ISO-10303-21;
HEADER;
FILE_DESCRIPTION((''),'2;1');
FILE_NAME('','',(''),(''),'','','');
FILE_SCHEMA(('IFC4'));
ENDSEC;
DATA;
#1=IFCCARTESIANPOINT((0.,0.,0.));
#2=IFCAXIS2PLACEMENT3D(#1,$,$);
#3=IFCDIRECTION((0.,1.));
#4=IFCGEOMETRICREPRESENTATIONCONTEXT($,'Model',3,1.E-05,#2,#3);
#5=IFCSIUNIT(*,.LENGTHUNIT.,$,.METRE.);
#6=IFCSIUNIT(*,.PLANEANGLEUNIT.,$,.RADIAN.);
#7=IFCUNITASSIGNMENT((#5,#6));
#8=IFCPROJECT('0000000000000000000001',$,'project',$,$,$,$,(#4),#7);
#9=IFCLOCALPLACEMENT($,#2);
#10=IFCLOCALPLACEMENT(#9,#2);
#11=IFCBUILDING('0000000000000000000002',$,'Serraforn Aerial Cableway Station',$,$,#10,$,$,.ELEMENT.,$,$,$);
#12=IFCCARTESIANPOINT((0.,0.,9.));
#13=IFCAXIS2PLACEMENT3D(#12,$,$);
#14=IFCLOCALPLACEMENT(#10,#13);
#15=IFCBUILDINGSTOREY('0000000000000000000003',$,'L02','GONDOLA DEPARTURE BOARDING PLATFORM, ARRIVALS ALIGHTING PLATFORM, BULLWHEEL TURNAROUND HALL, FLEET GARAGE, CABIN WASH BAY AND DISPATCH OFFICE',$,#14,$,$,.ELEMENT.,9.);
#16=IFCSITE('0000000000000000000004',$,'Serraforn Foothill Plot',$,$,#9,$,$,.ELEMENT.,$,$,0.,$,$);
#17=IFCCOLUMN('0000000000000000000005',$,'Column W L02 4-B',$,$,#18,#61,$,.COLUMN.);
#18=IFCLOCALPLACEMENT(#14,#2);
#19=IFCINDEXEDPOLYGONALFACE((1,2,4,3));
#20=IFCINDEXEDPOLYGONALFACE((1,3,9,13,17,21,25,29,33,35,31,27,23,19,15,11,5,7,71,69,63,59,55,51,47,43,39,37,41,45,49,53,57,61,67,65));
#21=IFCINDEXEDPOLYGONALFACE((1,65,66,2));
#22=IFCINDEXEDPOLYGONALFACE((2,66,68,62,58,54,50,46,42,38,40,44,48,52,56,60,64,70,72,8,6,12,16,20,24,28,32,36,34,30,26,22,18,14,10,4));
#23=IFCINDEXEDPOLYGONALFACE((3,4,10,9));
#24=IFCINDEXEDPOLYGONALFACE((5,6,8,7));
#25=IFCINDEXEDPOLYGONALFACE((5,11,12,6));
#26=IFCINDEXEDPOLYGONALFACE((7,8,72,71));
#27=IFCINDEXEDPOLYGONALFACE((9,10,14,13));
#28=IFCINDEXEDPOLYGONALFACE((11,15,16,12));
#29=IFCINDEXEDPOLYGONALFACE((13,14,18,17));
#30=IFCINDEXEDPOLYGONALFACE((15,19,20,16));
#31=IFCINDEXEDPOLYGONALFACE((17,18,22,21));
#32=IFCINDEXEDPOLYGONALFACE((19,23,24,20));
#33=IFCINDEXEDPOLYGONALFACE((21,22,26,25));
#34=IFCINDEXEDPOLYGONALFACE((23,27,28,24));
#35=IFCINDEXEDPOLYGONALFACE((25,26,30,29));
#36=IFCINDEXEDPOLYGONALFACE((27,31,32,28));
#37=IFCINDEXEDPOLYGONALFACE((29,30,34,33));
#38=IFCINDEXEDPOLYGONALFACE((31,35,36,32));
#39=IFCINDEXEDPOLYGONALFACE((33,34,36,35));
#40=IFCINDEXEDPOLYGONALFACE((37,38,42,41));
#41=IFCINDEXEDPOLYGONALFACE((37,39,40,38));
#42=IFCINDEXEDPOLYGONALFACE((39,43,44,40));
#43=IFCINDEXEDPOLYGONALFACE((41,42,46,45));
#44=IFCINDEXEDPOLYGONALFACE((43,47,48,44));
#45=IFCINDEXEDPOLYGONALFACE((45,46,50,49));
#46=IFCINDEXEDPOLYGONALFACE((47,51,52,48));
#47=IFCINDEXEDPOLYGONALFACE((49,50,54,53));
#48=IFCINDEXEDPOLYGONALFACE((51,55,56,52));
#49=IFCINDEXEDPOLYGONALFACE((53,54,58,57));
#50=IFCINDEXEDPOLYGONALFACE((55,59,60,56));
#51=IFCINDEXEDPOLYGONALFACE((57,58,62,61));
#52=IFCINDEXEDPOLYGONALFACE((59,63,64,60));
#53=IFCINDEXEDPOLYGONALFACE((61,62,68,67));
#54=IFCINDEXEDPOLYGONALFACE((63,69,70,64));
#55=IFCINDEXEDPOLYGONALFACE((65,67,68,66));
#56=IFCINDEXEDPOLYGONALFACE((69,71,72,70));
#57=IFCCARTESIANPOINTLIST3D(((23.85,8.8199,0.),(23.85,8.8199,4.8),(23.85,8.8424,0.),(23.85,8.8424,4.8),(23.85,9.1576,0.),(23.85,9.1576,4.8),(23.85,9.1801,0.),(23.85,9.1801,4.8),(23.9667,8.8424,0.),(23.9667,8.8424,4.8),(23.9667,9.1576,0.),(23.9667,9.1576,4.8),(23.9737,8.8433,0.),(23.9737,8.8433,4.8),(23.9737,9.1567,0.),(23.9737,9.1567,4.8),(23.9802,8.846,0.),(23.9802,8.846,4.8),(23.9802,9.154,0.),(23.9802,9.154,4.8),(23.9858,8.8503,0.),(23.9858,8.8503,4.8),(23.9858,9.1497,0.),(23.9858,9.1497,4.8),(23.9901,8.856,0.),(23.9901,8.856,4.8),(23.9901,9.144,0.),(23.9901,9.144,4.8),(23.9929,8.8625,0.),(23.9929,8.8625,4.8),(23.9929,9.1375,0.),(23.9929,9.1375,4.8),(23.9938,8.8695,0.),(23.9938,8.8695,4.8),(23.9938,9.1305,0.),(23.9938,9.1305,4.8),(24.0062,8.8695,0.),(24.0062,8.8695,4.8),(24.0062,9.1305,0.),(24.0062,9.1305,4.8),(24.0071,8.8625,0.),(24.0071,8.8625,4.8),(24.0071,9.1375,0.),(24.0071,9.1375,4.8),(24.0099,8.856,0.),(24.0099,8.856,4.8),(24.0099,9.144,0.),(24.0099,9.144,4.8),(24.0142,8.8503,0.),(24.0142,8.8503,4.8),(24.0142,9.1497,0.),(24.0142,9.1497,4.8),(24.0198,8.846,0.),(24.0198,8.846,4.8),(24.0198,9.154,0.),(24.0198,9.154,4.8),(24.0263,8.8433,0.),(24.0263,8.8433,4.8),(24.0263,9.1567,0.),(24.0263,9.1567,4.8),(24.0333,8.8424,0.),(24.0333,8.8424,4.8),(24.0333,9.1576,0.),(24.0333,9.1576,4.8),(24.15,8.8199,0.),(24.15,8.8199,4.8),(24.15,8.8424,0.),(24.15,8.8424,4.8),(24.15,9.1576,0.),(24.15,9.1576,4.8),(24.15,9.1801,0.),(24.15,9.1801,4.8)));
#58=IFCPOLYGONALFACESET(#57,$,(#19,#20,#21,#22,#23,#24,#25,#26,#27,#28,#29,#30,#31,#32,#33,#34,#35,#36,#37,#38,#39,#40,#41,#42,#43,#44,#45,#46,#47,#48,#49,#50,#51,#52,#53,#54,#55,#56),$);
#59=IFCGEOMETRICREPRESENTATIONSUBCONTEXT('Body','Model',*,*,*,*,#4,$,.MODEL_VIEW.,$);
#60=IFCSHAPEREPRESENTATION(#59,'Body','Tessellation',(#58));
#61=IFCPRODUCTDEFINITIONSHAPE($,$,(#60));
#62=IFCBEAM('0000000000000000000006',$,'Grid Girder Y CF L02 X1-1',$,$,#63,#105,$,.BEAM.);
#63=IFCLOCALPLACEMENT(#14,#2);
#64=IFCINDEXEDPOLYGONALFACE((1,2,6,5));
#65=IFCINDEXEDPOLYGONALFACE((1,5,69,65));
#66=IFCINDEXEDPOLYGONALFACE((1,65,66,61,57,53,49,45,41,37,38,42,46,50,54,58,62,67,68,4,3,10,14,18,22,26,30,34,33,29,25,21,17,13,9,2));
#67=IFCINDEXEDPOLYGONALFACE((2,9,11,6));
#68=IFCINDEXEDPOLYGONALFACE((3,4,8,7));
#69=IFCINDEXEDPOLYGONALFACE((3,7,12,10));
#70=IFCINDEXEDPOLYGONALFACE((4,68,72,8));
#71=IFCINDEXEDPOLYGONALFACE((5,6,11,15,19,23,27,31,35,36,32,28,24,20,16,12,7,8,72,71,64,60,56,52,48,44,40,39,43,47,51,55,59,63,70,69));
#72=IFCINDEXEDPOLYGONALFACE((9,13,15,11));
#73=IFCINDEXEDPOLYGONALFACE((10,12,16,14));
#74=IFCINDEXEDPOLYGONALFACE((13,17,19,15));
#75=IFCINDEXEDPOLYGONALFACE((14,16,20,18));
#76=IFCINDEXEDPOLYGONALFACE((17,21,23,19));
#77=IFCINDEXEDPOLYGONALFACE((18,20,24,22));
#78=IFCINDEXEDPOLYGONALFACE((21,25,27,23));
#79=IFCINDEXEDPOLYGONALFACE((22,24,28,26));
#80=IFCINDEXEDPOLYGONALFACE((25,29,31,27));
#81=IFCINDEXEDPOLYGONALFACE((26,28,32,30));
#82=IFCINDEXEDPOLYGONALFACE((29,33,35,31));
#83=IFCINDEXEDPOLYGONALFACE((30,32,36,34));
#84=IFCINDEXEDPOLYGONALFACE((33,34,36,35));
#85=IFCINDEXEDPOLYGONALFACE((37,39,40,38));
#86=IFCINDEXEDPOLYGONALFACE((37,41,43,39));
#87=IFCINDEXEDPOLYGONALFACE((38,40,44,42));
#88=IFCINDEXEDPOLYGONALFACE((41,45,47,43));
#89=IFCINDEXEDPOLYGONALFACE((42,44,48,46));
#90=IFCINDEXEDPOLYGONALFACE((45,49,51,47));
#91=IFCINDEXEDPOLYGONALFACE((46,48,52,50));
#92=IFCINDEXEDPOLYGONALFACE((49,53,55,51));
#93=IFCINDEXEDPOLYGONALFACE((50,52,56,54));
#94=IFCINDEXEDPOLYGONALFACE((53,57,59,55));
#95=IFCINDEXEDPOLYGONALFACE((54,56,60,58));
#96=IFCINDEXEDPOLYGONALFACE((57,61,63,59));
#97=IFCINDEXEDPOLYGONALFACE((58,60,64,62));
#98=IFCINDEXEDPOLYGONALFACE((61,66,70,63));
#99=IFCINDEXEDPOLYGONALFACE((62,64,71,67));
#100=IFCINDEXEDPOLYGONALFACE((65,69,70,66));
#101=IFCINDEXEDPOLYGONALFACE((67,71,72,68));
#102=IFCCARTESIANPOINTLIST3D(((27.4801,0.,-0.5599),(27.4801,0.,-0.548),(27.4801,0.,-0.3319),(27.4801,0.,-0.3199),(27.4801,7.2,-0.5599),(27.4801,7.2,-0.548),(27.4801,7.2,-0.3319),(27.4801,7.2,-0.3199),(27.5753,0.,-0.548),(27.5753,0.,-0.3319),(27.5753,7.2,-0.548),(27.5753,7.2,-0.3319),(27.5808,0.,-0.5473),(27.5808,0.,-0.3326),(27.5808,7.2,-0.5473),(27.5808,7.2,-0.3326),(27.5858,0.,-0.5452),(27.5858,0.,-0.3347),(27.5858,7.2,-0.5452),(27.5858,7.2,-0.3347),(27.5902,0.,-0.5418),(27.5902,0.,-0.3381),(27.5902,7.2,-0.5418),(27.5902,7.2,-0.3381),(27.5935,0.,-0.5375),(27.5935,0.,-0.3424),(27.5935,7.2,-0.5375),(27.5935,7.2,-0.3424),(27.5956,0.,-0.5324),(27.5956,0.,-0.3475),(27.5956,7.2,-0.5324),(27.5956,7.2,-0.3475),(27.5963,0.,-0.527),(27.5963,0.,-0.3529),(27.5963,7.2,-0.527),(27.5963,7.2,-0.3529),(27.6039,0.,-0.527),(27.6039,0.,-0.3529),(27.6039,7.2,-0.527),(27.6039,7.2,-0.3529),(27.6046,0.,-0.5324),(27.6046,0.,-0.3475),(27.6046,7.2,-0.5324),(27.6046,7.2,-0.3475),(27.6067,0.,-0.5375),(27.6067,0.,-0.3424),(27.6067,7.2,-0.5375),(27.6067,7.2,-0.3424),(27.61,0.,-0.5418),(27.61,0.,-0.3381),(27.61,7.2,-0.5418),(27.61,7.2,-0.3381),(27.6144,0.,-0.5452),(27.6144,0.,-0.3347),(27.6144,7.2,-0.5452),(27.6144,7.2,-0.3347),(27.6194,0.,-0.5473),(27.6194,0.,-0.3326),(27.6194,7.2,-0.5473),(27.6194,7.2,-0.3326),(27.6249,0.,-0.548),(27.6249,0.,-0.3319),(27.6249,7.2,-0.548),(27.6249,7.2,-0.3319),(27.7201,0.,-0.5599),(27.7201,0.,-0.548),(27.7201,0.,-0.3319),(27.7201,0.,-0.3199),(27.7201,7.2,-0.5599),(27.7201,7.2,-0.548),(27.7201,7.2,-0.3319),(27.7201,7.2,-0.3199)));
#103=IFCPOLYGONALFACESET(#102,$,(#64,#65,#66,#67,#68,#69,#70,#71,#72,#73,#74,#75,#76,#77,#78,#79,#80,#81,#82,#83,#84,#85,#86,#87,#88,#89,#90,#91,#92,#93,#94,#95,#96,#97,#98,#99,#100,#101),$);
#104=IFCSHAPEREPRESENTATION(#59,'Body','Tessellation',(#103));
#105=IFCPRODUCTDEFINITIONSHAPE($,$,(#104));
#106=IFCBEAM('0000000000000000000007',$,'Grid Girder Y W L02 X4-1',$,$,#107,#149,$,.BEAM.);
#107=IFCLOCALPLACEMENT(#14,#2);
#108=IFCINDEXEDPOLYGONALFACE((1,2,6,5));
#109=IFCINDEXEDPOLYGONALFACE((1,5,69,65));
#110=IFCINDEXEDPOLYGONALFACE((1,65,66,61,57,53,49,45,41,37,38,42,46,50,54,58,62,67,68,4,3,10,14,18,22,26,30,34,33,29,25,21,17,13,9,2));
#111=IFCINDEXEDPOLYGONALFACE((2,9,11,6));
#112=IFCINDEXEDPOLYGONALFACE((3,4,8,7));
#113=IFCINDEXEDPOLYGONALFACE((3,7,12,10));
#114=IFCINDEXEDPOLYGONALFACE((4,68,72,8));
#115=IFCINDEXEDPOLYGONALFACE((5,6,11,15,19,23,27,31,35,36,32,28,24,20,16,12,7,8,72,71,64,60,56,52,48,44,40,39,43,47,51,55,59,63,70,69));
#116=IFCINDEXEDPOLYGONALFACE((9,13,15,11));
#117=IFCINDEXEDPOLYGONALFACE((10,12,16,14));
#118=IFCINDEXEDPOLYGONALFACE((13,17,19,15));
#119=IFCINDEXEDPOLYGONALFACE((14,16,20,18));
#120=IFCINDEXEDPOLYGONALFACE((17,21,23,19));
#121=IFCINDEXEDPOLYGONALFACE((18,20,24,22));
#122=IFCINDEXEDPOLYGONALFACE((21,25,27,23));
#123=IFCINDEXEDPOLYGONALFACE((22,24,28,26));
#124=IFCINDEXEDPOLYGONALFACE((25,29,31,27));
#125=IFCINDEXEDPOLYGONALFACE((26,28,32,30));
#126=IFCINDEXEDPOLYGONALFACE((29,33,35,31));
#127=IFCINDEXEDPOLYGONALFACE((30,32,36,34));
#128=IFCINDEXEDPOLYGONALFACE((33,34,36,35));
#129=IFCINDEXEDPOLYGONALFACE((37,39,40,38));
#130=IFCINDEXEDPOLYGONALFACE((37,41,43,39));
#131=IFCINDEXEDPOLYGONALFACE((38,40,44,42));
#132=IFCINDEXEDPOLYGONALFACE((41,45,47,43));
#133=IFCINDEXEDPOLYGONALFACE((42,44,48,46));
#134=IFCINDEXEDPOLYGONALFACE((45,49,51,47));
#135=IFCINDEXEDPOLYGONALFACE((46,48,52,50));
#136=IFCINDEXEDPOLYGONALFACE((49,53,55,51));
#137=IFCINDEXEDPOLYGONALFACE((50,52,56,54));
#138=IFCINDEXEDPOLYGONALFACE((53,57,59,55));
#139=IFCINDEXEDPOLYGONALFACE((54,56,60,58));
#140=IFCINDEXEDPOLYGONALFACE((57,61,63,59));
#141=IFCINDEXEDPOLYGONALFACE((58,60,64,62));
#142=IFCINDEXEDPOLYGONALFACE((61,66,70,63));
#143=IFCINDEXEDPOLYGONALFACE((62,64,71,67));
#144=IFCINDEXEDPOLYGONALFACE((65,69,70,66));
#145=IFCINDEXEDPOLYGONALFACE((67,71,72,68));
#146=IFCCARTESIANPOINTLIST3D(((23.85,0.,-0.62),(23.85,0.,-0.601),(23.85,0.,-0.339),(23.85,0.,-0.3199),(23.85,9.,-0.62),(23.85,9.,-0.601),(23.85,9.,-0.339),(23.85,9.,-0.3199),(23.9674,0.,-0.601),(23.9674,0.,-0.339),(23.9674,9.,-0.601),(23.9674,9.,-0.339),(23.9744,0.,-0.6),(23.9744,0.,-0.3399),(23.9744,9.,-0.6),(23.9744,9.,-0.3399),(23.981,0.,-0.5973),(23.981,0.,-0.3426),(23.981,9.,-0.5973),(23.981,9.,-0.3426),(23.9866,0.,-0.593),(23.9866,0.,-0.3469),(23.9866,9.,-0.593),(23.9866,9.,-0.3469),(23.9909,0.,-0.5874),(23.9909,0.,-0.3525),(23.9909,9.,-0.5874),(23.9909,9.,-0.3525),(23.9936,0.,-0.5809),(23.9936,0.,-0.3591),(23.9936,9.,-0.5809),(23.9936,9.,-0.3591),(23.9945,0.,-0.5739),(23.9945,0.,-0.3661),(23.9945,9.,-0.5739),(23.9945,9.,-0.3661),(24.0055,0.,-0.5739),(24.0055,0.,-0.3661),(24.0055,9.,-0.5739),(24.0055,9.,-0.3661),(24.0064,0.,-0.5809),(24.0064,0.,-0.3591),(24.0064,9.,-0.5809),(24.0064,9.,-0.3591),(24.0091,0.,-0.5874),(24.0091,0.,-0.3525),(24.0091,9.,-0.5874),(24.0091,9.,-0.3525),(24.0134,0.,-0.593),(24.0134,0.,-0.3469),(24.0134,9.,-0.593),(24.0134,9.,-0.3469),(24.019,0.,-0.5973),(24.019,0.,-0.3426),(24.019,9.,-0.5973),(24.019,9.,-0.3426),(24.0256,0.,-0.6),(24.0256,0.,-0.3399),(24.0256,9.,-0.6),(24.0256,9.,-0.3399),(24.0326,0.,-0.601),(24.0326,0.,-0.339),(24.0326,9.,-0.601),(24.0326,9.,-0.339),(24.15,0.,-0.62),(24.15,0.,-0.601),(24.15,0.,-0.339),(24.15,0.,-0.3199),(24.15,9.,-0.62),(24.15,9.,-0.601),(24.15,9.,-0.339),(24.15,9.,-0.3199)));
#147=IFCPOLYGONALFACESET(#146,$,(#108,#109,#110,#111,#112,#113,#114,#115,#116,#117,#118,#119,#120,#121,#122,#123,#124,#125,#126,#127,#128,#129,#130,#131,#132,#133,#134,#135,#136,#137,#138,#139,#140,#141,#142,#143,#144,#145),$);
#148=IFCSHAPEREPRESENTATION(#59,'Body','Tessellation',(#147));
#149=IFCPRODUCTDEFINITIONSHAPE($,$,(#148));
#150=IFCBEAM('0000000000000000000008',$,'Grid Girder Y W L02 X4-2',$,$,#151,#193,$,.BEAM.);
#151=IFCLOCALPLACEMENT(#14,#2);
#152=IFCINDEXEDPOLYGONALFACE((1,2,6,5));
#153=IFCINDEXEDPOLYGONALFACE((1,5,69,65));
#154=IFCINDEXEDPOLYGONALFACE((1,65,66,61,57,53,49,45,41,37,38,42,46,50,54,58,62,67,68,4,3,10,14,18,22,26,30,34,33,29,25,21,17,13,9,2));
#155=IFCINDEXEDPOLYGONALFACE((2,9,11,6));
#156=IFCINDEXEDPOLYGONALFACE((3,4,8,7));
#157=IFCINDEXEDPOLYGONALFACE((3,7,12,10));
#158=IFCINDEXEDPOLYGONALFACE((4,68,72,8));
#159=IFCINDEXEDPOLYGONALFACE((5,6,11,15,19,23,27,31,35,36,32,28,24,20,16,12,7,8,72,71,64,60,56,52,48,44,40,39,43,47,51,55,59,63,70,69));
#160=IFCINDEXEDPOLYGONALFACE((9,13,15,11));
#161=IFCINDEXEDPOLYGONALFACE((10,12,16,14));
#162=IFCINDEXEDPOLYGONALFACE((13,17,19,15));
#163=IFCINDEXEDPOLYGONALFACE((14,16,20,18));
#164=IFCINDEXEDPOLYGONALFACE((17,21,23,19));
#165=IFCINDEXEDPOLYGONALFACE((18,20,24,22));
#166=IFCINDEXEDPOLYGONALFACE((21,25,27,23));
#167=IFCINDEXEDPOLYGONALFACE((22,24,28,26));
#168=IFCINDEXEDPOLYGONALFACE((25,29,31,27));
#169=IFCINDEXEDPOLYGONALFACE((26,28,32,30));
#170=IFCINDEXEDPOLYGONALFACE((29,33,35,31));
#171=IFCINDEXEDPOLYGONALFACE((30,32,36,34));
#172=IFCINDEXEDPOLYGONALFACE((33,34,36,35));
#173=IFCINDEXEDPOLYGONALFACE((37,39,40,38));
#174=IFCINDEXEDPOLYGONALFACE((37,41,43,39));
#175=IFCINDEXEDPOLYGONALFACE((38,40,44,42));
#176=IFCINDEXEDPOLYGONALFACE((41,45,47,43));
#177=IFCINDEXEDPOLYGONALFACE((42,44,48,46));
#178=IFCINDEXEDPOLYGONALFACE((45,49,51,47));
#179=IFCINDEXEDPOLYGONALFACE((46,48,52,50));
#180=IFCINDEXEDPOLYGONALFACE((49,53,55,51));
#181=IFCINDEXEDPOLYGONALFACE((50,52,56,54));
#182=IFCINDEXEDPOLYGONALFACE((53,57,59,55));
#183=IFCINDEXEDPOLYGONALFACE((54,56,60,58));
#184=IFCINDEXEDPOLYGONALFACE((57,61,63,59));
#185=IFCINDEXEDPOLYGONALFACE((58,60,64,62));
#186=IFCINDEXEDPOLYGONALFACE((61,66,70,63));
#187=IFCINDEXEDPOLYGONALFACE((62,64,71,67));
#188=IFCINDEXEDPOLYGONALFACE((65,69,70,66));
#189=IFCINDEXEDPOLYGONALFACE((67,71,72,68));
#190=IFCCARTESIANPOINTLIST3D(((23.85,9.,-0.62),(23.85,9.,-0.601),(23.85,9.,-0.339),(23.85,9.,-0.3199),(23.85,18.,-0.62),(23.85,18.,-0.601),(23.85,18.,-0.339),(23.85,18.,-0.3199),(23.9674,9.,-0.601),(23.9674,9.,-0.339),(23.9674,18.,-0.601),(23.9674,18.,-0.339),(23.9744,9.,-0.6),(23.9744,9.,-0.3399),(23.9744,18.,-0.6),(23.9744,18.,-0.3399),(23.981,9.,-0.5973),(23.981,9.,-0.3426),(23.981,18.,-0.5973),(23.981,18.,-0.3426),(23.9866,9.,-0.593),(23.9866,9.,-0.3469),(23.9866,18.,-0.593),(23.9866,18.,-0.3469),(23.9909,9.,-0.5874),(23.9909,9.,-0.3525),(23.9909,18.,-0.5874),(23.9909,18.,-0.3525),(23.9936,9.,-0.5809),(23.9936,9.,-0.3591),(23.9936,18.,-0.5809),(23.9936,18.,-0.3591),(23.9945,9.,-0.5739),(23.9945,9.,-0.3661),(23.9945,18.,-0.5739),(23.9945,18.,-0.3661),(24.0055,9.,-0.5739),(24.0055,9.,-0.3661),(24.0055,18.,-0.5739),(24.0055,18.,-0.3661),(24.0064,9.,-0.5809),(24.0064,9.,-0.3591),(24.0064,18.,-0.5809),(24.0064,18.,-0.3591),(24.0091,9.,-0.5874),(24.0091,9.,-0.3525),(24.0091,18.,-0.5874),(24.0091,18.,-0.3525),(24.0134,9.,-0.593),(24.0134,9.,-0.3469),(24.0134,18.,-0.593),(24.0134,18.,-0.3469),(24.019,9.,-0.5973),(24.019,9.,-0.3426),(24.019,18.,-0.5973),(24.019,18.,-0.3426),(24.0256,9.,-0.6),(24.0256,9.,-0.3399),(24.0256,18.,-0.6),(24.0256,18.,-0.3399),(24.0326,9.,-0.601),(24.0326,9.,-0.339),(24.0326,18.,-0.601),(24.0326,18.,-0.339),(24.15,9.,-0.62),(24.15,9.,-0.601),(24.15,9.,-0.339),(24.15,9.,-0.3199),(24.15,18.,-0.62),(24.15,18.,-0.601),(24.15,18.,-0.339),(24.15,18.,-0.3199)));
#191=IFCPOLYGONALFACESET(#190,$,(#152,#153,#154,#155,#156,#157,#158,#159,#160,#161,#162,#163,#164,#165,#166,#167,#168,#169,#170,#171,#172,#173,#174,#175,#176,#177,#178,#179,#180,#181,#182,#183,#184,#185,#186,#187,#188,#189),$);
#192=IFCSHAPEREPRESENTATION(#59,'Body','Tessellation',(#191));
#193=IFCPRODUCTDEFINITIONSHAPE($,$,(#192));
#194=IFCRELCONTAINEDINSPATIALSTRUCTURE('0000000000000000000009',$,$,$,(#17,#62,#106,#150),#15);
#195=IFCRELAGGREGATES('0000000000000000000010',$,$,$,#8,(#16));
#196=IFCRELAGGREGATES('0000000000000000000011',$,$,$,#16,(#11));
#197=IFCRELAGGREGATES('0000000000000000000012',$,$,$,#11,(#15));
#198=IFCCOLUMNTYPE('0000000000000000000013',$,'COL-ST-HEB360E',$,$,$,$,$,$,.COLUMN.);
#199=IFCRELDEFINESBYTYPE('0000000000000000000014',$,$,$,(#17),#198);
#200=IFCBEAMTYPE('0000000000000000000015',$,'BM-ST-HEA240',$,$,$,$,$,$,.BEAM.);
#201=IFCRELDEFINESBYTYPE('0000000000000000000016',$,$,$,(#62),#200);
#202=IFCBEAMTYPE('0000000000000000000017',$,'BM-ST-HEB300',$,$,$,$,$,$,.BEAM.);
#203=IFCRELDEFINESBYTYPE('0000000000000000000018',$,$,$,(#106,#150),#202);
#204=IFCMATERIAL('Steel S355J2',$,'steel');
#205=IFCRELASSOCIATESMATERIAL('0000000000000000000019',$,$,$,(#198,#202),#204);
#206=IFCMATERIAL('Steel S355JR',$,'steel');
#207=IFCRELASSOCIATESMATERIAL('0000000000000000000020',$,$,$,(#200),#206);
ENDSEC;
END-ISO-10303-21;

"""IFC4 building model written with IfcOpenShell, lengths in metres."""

from ifc_helpers import new_model, si_unit, direction, frame, origin, origin_2d, place, context, subcontext, project, spatial, i_section, extrude, material, material_profile, profile_set, type_object, element, save


model = new_model("IFC4")

# Units and contexts
model_context = context("Model", 3, precision=1e-05, world=origin(), true_north=direction((0.0, 1.0)))
body_context = subcontext(model_context, "Body", "Model", "MODEL_VIEW")
ifc_project = project(units=[si_unit("LENGTHUNIT", "METRE"), si_unit("PLANEANGLEUNIT", "RADIAN")], contexts=[model_context])

# Site, building, storey
site_placement = place(None, origin())
site = spatial("IfcSite", under=ifc_project, at=site_placement, Name="Serraforn Foothill Plot", CompositionType="ELEMENT", RefElevation=0.0)
building_placement = place(site_placement, origin())
building = spatial("IfcBuilding", under=site, at=building_placement, Name="Serraforn Aerial Cableway Station", CompositionType="ELEMENT")
storey_placement = place(building_placement, frame((0.0, 0.0, 9.0)))
storey = spatial("IfcBuildingStorey", under=building, at=storey_placement, Name="L02", Description="GONDOLA DEPARTURE BOARDING PLATFORM, ARRIVALS ALIGHTING PLATFORM, BULLWHEEL TURNAROUND HALL, FLEET GARAGE, CABIN WASH BAY AND DISPATCH OFFICE", CompositionType="ELEMENT", Elevation=9.0)

# Column
ifc_material_1 = material(Name="Steel S355J2", Category="steel")
ifc_material_profile_1 = material_profile(ifc_material_1, i_section(OverallWidth=0.3, OverallDepth=0.3601, WebThickness=0.0125, FlangeThickness=0.0225, FilletRadius=0.0271, at=origin_2d()), Name="HEB 360")
ifc_profile_set_1 = profile_set([ifc_material_profile_1], Name="Steel S355J2")
column_type = type_object("IfcColumnType", Name="COL-ST-HEB360E", PredefinedType="COLUMN", material=ifc_profile_set_1)
column_placement = place(storey_placement, frame((24.0, 9.0, 0.0), z_axis=(0.0, 0.0, 1.0), x_axis=(1.0, 0.0, 0.0)))
element("IfcColumn", 1, at=column_placement, inside=storey, type_object=column_type, Name="Column W L02 4-B", PredefinedType="COLUMN", context=body_context, shape_type="SweptSolid", body=[
    extrude(i_section(OverallWidth=0.3, OverallDepth=0.3601, WebThickness=0.0125, FlangeThickness=0.0225, FilletRadius=0.0271, at=origin_2d()), origin(), (0.0, 0.0, 1.0), 4.8),
])

# Beams
ifc_material_2 = material(Name="Steel S355JR", Category="steel")
ifc_material_profile_2 = material_profile(ifc_material_2, i_section(OverallWidth=0.24, OverallDepth=0.24, WebThickness=0.0076, FlangeThickness=0.012, FilletRadius=0.021, at=origin_2d()), Name="HEA 240")
ifc_profile_set_2 = profile_set([ifc_material_profile_2], Name="Steel S355JR")
beam_type_1 = type_object("IfcBeamType", Name="BM-ST-HEA240", PredefinedType="BEAM", material=ifc_profile_set_2)
beam_1_placement = place(storey_placement, frame((27.6001, 0.0, -0.4399), z_axis=(0.0, 1.0, 0.0), x_axis=(-1.0, 0.0, 0.0)))
element("IfcBeam", 2, at=beam_1_placement, inside=storey, type_object=beam_type_1, Name="Grid Girder Y CF L02 X1-1", PredefinedType="BEAM", context=body_context, shape_type="SweptSolid", body=[
    extrude(i_section(OverallWidth=0.24, OverallDepth=0.24, WebThickness=0.0076, FlangeThickness=0.012, FilletRadius=0.021, at=origin_2d()), origin(), (0.0, 0.0, 1.0), 7.2),
])
ifc_material_profile_3 = material_profile(ifc_material_1, i_section(OverallWidth=0.3, OverallDepth=0.3, WebThickness=0.011, FlangeThickness=0.019, FilletRadius=0.0271, at=origin_2d()), Name="HEB 300")
ifc_profile_set_3 = profile_set([ifc_material_profile_3], Name="Steel S355J2")
beam_type_2 = type_object("IfcBeamType", Name="BM-ST-HEB300", PredefinedType="BEAM", material=ifc_profile_set_3)
for number, where, z_axis, x_axis, name in (
    (3, (24.0, 0.0, -0.47), (0.0, 1.0, 0.0), (-1.0, 0.0, 0.0), "Grid Girder Y W L02 X4-1"),
    (4, (24.0, 9.0, -0.47), (0.0, 1.0, 0.0), (-1.0, 0.0, 0.0), "Grid Girder Y W L02 X4-2"),
):
    element("IfcBeam", number, at=place(storey_placement, frame(where, z_axis=z_axis, x_axis=x_axis)), inside=storey, type_object=beam_type_2, Name=name, PredefinedType="BEAM", context=body_context, shape_type="SweptSolid", body=[
        extrude(i_section(OverallWidth=0.3, OverallDepth=0.3, WebThickness=0.011, FlangeThickness=0.019, FilletRadius=0.0271, at=origin_2d()), origin(), (0.0, 0.0, 1.0), 9.0),
    ])

save(model, "model.ifc")
